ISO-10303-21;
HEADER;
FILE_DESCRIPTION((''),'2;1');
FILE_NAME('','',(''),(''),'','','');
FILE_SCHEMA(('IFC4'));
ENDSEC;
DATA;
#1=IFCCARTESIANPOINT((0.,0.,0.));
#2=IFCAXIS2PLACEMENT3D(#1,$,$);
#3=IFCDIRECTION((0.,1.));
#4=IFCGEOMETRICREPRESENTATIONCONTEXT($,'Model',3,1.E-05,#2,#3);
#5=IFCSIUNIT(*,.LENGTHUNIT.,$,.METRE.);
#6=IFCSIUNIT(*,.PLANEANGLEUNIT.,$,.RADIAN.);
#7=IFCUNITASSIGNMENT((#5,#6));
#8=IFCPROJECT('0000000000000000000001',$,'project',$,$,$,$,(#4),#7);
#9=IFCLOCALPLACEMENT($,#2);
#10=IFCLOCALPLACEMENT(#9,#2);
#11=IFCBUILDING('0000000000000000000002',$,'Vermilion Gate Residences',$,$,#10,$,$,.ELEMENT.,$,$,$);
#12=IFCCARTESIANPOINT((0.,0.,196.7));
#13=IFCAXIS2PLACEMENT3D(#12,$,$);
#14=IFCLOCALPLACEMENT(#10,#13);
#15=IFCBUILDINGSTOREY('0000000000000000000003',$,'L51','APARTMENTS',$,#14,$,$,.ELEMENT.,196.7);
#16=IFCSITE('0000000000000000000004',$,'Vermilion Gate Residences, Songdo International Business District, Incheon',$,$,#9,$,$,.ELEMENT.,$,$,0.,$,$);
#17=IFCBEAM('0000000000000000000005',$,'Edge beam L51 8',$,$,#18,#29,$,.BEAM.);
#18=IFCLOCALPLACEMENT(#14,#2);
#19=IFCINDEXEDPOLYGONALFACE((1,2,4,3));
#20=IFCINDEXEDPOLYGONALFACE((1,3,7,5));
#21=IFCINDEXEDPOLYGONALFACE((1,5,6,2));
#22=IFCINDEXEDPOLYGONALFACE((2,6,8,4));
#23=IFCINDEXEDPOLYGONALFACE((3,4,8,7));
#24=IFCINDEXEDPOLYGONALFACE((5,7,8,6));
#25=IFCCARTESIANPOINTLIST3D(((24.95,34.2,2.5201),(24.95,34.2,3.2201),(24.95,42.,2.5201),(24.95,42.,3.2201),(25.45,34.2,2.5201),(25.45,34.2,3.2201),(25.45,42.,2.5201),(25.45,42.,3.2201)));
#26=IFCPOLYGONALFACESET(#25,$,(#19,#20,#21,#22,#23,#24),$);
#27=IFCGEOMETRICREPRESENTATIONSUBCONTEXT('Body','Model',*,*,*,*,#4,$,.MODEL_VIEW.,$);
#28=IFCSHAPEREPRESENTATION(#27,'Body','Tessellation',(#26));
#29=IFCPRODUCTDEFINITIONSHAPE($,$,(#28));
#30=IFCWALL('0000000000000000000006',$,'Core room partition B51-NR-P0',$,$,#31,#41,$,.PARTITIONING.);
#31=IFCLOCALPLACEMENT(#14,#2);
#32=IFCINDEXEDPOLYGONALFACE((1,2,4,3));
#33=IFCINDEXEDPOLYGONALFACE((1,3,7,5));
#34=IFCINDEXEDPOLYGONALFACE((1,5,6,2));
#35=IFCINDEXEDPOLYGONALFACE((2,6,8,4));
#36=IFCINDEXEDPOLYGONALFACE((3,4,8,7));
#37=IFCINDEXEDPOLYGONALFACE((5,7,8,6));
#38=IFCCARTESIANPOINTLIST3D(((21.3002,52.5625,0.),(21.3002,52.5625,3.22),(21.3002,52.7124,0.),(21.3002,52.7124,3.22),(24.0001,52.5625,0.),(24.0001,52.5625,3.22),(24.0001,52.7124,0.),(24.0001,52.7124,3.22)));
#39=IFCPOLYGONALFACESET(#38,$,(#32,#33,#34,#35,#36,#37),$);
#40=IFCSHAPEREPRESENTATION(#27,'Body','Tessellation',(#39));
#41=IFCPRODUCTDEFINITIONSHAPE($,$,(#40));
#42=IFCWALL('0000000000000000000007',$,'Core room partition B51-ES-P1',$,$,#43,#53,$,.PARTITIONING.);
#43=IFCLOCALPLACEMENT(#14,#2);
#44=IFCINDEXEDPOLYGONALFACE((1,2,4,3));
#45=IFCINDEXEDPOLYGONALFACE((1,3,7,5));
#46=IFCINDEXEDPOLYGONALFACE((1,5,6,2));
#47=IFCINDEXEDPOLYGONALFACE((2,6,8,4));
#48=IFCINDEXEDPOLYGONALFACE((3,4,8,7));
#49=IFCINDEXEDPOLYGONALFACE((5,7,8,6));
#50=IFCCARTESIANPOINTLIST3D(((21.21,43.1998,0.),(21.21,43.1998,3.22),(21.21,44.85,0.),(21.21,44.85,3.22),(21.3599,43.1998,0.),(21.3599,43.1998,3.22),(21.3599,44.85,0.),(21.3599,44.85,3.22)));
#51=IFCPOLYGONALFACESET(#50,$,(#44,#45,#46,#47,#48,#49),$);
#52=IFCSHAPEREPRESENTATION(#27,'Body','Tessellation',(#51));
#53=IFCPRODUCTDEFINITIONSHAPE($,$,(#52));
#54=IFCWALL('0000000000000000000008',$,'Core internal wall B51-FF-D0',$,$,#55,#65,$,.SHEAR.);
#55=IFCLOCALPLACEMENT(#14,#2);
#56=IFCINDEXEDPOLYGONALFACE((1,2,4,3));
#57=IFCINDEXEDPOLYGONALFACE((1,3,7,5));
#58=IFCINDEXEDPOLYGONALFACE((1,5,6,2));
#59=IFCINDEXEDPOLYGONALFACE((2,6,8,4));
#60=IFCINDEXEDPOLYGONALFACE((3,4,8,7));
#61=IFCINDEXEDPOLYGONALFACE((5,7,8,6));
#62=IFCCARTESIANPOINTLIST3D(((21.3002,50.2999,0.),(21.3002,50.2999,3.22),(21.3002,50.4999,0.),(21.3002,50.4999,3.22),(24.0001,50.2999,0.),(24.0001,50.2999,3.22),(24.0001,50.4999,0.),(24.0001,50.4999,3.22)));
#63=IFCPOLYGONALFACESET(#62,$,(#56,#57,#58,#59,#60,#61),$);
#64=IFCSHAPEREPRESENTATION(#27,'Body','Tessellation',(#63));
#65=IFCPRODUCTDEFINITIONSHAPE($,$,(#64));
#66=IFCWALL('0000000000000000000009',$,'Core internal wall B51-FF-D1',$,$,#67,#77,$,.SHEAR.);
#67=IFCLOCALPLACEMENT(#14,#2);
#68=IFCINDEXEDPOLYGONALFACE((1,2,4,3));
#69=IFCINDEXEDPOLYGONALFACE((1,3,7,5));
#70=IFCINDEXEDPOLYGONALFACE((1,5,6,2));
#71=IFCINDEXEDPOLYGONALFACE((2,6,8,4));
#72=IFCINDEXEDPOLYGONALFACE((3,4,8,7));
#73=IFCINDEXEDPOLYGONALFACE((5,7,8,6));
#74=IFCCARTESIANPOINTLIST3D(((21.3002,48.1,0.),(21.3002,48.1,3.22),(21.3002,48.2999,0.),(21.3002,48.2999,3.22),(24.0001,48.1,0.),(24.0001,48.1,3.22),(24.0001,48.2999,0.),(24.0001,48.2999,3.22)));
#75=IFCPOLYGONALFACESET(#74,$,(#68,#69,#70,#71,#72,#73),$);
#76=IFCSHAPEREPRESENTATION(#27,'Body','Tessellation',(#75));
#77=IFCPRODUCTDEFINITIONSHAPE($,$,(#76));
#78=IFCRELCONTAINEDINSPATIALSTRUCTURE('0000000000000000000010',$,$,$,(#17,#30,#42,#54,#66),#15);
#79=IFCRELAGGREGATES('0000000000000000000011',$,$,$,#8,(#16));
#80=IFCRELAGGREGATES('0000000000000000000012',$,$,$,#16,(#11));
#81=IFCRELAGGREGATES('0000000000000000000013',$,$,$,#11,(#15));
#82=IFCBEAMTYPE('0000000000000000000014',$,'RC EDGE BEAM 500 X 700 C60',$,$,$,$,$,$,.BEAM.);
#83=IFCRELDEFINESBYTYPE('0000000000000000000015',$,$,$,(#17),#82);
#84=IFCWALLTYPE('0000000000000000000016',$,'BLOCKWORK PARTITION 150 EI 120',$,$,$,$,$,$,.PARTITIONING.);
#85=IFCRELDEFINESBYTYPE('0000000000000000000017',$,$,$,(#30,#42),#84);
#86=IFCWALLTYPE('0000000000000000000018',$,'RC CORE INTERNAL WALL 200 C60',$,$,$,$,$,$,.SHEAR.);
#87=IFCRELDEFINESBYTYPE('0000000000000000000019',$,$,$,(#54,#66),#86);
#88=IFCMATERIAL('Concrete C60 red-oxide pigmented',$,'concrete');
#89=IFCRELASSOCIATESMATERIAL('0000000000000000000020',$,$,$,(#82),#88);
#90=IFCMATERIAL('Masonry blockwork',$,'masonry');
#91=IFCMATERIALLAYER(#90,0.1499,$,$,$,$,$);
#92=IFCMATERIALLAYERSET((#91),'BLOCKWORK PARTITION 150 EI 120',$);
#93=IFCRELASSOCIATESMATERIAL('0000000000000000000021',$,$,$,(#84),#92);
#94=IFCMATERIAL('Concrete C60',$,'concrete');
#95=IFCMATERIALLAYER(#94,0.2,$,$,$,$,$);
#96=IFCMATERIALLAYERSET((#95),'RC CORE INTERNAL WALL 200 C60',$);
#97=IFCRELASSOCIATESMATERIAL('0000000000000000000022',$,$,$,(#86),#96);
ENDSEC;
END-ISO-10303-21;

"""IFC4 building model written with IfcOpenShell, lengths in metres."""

from ifc_helpers import new_model, si_unit, direction, frame, frame_2d, origin, origin_2d, place, context, subcontext, project, spatial, rectangle, extrude, material, layer, layer_set, material_profile, profile_set, type_object, element, save


model = new_model("IFC4")

# Units and contexts
model_context = context("Model", 3, precision=1e-05, world=origin(), true_north=direction((0.0, 1.0)))
body_context = subcontext(model_context, "Body", "Model", "MODEL_VIEW")
ifc_project = project(units=[si_unit("LENGTHUNIT", "METRE"), si_unit("PLANEANGLEUNIT", "RADIAN")], contexts=[model_context])

# Site, building, storey
site_placement = place(None, origin())
site = spatial("IfcSite", under=ifc_project, at=site_placement, Name="Vermilion Gate Residences, Songdo International Business District, Incheon", CompositionType="ELEMENT", RefElevation=0.0)
building_placement = place(site_placement, origin())
building = spatial("IfcBuilding", under=site, at=building_placement, Name="Vermilion Gate Residences", CompositionType="ELEMENT")
storey_placement = place(building_placement, frame((0.0, 0.0, 196.7)))
storey = spatial("IfcBuildingStorey", under=building, at=storey_placement, Name="L51", Description="APARTMENTS", CompositionType="ELEMENT", Elevation=196.7)

# Beam
ifc_material_1 = material(Name="Concrete C60 red-oxide pigmented", Category="concrete")
ifc_material_profile_1 = material_profile(ifc_material_1, rectangle(XDim=0.5, YDim=0.7, at=origin_2d()), Name="RC-500x700")
ifc_profile_set_1 = profile_set([ifc_material_profile_1], Name="Concrete C60 red-oxide pigmented")
beam_type = type_object("IfcBeamType", Name="RC EDGE BEAM 500 X 700 C60", PredefinedType="BEAM", material=ifc_profile_set_1)
beam_placement = place(storey_placement, frame((25.2, 34.2, 2.8701), z_axis=(0.0, 1.0, 0.0), x_axis=(-1.0, 0.0, 0.0)))
element("IfcBeam", 1, at=beam_placement, inside=storey, type_object=beam_type, Name="Edge beam L51 8", PredefinedType="BEAM", context=body_context, shape_type="SweptSolid", body=[
    extrude(rectangle(XDim=0.5, YDim=0.7, at=origin_2d()), origin(), (0.0, 0.0, 1.0), 7.8),
])

# Walls
ifc_material_2 = material(Name="Masonry blockwork", Category="masonry")
ifc_layer_1 = layer(ifc_material_2, 0.1499)
ifc_layer_set_1 = layer_set([ifc_layer_1], Name="BLOCKWORK PARTITION 150 EI 120")
wall_type_1 = type_object("IfcWallType", Name="BLOCKWORK PARTITION 150 EI 120", PredefinedType="PARTITIONING", material=ifc_layer_set_1)
wall_1_placement = place(storey_placement, frame((21.3, 52.6375, 0.0), z_axis=(0.0, 0.0, 1.0), x_axis=(1.0, 0.0, 0.0)))
element("IfcWall", 2, at=wall_1_placement, inside=storey, type_object=wall_type_1, Name="Core room partition B51-NR-P0", PredefinedType="PARTITIONING", context=body_context, shape_type="SweptSolid", body=[
    extrude(rectangle(XDim=2.7, YDim=0.1499, at=frame_2d((1.3501, 0.0))), origin(), (0.0, 0.0, 1.0), 3.22),
])
wall_2_placement = place(storey_placement, frame((21.2849, 44.8501, 0.0), z_axis=(0.0, 0.0, 1.0), x_axis=(0.0, -1.0, 0.0)))
element("IfcWall", 3, at=wall_2_placement, inside=storey, type_object=wall_type_1, Name="Core room partition B51-ES-P1", PredefinedType="PARTITIONING", context=body_context, shape_type="SweptSolid", body=[
    extrude(rectangle(XDim=1.6501, YDim=0.1499, at=frame_2d((0.8252, 0.0))), origin(), (0.0, 0.0, 1.0), 3.22),
])
ifc_material_3 = material(Name="Concrete C60", Category="concrete")
ifc_layer_2 = layer(ifc_material_3, 0.2)
ifc_layer_set_2 = layer_set([ifc_layer_2], Name="RC CORE INTERNAL WALL 200 C60")
wall_type_2 = type_object("IfcWallType", Name="RC CORE INTERNAL WALL 200 C60", PredefinedType="SHEAR", material=ifc_layer_set_2)
for number, where, z_axis, x_axis, name in (
    (4, (21.3, 50.3999, 0.0), (0.0, 0.0, 1.0), (1.0, 0.0, 0.0), "Core internal wall B51-FF-D0"),
    (5, (21.3, 48.2, 0.0), (0.0, 0.0, 1.0), (1.0, 0.0, 0.0), "Core internal wall B51-FF-D1"),
):
    element("IfcWall", number, at=place(storey_placement, frame(where, z_axis=z_axis, x_axis=x_axis)), inside=storey, type_object=wall_type_2, Name=name, PredefinedType="SHEAR", context=body_context, shape_type="SweptSolid", body=[
        extrude(rectangle(XDim=2.7, YDim=0.2, at=frame_2d((1.3501, 0.0))), origin(), (0.0, 0.0, 1.0), 3.22),
    ])

save(model, "model.ifc")
